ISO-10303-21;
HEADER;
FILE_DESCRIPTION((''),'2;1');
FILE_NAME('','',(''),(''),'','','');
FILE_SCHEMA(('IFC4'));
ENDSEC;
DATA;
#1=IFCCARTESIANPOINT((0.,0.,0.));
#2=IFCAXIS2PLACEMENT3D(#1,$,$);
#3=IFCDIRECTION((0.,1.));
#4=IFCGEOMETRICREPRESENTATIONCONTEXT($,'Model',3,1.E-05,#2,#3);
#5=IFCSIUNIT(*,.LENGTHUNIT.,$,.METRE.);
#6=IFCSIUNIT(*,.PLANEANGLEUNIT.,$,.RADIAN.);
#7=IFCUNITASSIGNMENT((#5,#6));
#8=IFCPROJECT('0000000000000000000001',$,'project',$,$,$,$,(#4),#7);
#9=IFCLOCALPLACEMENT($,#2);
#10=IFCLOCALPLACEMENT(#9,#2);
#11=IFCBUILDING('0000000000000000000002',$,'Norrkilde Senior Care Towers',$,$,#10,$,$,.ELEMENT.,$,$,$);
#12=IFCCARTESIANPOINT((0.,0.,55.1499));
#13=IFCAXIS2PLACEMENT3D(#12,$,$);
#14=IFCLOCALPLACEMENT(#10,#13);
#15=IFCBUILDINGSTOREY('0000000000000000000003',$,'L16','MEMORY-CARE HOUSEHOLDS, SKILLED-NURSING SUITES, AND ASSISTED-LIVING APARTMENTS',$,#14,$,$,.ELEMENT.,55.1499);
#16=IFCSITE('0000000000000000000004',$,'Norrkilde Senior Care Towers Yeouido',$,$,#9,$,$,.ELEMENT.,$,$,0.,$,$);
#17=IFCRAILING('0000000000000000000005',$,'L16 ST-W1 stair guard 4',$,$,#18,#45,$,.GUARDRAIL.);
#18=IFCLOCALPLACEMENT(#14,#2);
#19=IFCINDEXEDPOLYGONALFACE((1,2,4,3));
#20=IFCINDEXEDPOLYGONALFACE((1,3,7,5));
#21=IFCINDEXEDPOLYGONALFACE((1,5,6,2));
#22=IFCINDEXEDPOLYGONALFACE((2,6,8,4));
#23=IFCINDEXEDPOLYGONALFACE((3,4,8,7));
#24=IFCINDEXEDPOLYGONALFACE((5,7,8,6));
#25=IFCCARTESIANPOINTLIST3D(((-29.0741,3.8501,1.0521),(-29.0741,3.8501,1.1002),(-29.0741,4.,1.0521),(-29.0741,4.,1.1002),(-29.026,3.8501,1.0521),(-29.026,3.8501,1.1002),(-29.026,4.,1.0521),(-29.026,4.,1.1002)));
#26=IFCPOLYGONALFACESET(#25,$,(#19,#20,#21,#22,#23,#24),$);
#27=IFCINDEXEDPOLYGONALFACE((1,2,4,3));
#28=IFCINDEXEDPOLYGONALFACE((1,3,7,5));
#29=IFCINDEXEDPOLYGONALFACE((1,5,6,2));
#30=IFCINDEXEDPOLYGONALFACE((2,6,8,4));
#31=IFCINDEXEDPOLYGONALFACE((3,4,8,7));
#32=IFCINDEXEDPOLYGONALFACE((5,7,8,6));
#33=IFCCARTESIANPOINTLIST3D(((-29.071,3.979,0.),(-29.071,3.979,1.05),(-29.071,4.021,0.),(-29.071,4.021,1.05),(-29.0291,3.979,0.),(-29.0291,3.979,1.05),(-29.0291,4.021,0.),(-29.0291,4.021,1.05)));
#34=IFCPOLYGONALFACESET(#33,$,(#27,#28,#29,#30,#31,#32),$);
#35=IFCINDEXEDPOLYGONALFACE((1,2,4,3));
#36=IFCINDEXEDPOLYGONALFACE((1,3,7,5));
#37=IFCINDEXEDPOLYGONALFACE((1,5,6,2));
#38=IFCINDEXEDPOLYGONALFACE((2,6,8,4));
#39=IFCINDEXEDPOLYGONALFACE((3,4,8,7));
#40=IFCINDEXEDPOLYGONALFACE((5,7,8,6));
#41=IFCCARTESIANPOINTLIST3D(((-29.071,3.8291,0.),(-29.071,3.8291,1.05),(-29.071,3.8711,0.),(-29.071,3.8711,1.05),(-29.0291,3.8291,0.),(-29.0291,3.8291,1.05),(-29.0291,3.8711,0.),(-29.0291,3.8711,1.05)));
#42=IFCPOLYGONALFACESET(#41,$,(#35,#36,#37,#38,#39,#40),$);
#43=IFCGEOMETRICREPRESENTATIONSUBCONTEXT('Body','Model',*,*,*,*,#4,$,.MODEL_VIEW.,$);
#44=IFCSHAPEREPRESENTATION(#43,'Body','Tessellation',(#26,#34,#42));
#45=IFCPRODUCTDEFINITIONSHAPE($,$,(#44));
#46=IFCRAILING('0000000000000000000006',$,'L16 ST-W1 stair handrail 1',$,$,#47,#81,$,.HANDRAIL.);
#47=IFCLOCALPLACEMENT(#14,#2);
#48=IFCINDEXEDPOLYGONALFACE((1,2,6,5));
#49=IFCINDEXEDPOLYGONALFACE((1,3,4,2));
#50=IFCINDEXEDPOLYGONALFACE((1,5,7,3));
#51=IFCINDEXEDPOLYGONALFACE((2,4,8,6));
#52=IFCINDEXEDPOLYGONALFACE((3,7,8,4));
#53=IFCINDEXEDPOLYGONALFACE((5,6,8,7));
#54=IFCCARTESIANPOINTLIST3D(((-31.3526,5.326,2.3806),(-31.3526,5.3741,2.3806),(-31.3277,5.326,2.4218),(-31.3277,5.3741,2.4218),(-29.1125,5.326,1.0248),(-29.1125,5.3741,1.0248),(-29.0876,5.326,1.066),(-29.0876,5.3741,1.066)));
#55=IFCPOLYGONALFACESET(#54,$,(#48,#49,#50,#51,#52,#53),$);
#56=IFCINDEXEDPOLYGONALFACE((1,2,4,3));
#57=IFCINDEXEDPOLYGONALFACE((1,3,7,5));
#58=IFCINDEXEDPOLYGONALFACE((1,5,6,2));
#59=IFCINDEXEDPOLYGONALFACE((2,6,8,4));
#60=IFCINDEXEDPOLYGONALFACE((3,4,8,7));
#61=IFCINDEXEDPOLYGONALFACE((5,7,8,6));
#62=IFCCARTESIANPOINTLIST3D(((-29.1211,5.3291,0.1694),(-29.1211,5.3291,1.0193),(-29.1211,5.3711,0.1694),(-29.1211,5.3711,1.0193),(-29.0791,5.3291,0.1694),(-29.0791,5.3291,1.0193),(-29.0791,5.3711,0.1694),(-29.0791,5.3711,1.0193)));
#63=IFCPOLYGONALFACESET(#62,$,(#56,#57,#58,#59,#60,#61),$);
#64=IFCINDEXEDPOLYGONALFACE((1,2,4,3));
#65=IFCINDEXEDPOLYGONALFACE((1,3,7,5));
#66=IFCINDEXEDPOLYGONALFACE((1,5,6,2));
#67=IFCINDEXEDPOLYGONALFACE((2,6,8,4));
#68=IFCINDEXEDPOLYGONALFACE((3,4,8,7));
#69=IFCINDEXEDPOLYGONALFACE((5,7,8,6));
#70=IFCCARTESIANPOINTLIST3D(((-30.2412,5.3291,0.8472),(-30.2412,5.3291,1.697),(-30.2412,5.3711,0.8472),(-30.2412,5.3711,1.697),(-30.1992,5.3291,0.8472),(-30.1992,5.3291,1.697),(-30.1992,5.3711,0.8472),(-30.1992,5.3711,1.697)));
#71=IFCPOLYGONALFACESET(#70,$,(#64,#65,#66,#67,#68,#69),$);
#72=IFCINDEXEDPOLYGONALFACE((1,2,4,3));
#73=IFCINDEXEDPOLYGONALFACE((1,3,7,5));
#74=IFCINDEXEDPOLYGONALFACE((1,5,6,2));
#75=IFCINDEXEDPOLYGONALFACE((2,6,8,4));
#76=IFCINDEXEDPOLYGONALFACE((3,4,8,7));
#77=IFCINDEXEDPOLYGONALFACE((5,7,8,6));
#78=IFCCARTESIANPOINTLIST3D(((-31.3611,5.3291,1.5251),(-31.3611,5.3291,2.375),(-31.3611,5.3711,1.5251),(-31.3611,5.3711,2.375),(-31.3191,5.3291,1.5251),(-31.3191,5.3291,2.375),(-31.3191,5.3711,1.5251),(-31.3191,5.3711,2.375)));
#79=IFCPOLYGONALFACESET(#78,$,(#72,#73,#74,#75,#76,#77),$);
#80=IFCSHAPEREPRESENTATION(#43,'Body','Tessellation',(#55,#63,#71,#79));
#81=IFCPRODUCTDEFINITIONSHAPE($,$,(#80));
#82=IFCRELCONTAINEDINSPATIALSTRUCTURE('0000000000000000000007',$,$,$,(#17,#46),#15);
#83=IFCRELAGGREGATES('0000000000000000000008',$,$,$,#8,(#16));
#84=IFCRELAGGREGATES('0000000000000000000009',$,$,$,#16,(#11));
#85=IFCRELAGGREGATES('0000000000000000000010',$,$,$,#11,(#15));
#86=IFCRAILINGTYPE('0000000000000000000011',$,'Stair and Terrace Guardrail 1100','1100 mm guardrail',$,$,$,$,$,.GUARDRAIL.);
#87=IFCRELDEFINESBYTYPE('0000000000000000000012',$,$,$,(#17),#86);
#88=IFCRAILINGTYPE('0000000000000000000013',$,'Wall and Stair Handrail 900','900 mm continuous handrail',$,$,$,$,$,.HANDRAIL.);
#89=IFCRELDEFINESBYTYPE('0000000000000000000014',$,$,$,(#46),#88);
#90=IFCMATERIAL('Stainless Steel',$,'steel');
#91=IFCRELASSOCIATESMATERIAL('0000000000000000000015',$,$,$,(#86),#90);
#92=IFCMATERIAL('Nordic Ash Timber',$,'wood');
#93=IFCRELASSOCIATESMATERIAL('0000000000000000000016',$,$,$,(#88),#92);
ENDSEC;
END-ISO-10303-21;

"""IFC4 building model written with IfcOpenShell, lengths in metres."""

from ifc_helpers import new_model, si_unit, direction, frame, origin, origin_2d, place, context, subcontext, project, spatial, rectangle, extrude, material, type_object, element, save


model = new_model("IFC4")

# Units and contexts
model_context = context("Model", 3, precision=1e-05, world=origin(), true_north=direction((0.0, 1.0)))
body_context = subcontext(model_context, "Body", "Model", "MODEL_VIEW")
ifc_project = project(units=[si_unit("LENGTHUNIT", "METRE"), si_unit("PLANEANGLEUNIT", "RADIAN")], contexts=[model_context])

# Site, building, storey
site_placement = place(None, origin())
site = spatial("IfcSite", under=ifc_project, at=site_placement, Name="Norrkilde Senior Care Towers Yeouido", CompositionType="ELEMENT", RefElevation=0.0)
building_placement = place(site_placement, origin())
building = spatial("IfcBuilding", under=site, at=building_placement, Name="Norrkilde Senior Care Towers", CompositionType="ELEMENT")
storey_placement = place(building_placement, frame((0.0, 0.0, 55.1499)))
storey = spatial("IfcBuildingStorey", under=building, at=storey_placement, Name="L16", Description="MEMORY-CARE HOUSEHOLDS, SKILLED-NURSING SUITES, AND ASSISTED-LIVING APARTMENTS", CompositionType="ELEMENT", Elevation=55.1499)

# Shared definitions
ifc_material_1 = material(Name="Nordic Ash Timber", Category="wood")

# Railings
ifc_material_2 = material(Name="Stainless Steel", Category="steel")
railing_type_1 = type_object("IfcRailingType", Name="Stair and Terrace Guardrail 1100", Description="1100 mm guardrail", PredefinedType="GUARDRAIL", material=ifc_material_2)
railing_1_placement = place(storey_placement, frame((-29.05, 4.0, 0.0)))
element("IfcRailing", 1, at=railing_1_placement, inside=storey, type_object=railing_type_1, Name="L16 ST-W1 stair guard 4", PredefinedType="GUARDRAIL", context=body_context, shape_type="SweptSolid", body=[
    extrude(rectangle(XDim=0.0481, YDim=0.0481, at=origin_2d()), frame((0.0, 0.0, 1.0762), z_axis=(0.0, -1.0, 0.0), x_axis=(1.0, 0.0, 0.0)), (0.0, 0.0, 1.0), 0.1499),
    extrude(rectangle(XDim=0.042, YDim=0.042, at=origin_2d()), origin(), (0.0, 0.0, 1.0), 1.05),
    extrude(rectangle(XDim=0.042, YDim=0.042, at=origin_2d()), frame((0.0, -0.1499, 0.0)), (0.0, 0.0, 1.0), 1.05),
])
railing_type_2 = type_object("IfcRailingType", Name="Wall and Stair Handrail 900", Description="900 mm continuous handrail", PredefinedType="HANDRAIL", material=ifc_material_1)
railing_2_placement = place(storey_placement, frame((-29.1001, 5.3501, 0.1694)))
element("IfcRailing", 2, at=railing_2_placement, inside=storey, type_object=railing_type_2, Name="L16 ST-W1 stair handrail 1", PredefinedType="HANDRAIL", context=body_context, shape_type="SweptSolid", body=[
    extrude(rectangle(XDim=0.0481, YDim=0.0481, at=origin_2d()), frame((0.0, 0.0, 0.876), z_axis=(-0.855512, 0.0, 0.517783), x_axis=(0.0, -1.0, 0.0)), (0.0, 0.0, 1.0), 2.6184),
    extrude(rectangle(XDim=0.042, YDim=0.042, at=origin_2d()), origin(), (0.0, 0.0, 1.0), 0.8499),
    extrude(rectangle(XDim=0.042, YDim=0.042, at=origin_2d()), frame((-1.1201, 0.0, 0.6777)), (0.0, 0.0, 1.0), 0.8499),
    extrude(rectangle(XDim=0.042, YDim=0.042, at=origin_2d()), frame((-2.24, 0.0, 1.3557)), (0.0, 0.0, 1.0), 0.8499),
])

save(model, "model.ifc")
